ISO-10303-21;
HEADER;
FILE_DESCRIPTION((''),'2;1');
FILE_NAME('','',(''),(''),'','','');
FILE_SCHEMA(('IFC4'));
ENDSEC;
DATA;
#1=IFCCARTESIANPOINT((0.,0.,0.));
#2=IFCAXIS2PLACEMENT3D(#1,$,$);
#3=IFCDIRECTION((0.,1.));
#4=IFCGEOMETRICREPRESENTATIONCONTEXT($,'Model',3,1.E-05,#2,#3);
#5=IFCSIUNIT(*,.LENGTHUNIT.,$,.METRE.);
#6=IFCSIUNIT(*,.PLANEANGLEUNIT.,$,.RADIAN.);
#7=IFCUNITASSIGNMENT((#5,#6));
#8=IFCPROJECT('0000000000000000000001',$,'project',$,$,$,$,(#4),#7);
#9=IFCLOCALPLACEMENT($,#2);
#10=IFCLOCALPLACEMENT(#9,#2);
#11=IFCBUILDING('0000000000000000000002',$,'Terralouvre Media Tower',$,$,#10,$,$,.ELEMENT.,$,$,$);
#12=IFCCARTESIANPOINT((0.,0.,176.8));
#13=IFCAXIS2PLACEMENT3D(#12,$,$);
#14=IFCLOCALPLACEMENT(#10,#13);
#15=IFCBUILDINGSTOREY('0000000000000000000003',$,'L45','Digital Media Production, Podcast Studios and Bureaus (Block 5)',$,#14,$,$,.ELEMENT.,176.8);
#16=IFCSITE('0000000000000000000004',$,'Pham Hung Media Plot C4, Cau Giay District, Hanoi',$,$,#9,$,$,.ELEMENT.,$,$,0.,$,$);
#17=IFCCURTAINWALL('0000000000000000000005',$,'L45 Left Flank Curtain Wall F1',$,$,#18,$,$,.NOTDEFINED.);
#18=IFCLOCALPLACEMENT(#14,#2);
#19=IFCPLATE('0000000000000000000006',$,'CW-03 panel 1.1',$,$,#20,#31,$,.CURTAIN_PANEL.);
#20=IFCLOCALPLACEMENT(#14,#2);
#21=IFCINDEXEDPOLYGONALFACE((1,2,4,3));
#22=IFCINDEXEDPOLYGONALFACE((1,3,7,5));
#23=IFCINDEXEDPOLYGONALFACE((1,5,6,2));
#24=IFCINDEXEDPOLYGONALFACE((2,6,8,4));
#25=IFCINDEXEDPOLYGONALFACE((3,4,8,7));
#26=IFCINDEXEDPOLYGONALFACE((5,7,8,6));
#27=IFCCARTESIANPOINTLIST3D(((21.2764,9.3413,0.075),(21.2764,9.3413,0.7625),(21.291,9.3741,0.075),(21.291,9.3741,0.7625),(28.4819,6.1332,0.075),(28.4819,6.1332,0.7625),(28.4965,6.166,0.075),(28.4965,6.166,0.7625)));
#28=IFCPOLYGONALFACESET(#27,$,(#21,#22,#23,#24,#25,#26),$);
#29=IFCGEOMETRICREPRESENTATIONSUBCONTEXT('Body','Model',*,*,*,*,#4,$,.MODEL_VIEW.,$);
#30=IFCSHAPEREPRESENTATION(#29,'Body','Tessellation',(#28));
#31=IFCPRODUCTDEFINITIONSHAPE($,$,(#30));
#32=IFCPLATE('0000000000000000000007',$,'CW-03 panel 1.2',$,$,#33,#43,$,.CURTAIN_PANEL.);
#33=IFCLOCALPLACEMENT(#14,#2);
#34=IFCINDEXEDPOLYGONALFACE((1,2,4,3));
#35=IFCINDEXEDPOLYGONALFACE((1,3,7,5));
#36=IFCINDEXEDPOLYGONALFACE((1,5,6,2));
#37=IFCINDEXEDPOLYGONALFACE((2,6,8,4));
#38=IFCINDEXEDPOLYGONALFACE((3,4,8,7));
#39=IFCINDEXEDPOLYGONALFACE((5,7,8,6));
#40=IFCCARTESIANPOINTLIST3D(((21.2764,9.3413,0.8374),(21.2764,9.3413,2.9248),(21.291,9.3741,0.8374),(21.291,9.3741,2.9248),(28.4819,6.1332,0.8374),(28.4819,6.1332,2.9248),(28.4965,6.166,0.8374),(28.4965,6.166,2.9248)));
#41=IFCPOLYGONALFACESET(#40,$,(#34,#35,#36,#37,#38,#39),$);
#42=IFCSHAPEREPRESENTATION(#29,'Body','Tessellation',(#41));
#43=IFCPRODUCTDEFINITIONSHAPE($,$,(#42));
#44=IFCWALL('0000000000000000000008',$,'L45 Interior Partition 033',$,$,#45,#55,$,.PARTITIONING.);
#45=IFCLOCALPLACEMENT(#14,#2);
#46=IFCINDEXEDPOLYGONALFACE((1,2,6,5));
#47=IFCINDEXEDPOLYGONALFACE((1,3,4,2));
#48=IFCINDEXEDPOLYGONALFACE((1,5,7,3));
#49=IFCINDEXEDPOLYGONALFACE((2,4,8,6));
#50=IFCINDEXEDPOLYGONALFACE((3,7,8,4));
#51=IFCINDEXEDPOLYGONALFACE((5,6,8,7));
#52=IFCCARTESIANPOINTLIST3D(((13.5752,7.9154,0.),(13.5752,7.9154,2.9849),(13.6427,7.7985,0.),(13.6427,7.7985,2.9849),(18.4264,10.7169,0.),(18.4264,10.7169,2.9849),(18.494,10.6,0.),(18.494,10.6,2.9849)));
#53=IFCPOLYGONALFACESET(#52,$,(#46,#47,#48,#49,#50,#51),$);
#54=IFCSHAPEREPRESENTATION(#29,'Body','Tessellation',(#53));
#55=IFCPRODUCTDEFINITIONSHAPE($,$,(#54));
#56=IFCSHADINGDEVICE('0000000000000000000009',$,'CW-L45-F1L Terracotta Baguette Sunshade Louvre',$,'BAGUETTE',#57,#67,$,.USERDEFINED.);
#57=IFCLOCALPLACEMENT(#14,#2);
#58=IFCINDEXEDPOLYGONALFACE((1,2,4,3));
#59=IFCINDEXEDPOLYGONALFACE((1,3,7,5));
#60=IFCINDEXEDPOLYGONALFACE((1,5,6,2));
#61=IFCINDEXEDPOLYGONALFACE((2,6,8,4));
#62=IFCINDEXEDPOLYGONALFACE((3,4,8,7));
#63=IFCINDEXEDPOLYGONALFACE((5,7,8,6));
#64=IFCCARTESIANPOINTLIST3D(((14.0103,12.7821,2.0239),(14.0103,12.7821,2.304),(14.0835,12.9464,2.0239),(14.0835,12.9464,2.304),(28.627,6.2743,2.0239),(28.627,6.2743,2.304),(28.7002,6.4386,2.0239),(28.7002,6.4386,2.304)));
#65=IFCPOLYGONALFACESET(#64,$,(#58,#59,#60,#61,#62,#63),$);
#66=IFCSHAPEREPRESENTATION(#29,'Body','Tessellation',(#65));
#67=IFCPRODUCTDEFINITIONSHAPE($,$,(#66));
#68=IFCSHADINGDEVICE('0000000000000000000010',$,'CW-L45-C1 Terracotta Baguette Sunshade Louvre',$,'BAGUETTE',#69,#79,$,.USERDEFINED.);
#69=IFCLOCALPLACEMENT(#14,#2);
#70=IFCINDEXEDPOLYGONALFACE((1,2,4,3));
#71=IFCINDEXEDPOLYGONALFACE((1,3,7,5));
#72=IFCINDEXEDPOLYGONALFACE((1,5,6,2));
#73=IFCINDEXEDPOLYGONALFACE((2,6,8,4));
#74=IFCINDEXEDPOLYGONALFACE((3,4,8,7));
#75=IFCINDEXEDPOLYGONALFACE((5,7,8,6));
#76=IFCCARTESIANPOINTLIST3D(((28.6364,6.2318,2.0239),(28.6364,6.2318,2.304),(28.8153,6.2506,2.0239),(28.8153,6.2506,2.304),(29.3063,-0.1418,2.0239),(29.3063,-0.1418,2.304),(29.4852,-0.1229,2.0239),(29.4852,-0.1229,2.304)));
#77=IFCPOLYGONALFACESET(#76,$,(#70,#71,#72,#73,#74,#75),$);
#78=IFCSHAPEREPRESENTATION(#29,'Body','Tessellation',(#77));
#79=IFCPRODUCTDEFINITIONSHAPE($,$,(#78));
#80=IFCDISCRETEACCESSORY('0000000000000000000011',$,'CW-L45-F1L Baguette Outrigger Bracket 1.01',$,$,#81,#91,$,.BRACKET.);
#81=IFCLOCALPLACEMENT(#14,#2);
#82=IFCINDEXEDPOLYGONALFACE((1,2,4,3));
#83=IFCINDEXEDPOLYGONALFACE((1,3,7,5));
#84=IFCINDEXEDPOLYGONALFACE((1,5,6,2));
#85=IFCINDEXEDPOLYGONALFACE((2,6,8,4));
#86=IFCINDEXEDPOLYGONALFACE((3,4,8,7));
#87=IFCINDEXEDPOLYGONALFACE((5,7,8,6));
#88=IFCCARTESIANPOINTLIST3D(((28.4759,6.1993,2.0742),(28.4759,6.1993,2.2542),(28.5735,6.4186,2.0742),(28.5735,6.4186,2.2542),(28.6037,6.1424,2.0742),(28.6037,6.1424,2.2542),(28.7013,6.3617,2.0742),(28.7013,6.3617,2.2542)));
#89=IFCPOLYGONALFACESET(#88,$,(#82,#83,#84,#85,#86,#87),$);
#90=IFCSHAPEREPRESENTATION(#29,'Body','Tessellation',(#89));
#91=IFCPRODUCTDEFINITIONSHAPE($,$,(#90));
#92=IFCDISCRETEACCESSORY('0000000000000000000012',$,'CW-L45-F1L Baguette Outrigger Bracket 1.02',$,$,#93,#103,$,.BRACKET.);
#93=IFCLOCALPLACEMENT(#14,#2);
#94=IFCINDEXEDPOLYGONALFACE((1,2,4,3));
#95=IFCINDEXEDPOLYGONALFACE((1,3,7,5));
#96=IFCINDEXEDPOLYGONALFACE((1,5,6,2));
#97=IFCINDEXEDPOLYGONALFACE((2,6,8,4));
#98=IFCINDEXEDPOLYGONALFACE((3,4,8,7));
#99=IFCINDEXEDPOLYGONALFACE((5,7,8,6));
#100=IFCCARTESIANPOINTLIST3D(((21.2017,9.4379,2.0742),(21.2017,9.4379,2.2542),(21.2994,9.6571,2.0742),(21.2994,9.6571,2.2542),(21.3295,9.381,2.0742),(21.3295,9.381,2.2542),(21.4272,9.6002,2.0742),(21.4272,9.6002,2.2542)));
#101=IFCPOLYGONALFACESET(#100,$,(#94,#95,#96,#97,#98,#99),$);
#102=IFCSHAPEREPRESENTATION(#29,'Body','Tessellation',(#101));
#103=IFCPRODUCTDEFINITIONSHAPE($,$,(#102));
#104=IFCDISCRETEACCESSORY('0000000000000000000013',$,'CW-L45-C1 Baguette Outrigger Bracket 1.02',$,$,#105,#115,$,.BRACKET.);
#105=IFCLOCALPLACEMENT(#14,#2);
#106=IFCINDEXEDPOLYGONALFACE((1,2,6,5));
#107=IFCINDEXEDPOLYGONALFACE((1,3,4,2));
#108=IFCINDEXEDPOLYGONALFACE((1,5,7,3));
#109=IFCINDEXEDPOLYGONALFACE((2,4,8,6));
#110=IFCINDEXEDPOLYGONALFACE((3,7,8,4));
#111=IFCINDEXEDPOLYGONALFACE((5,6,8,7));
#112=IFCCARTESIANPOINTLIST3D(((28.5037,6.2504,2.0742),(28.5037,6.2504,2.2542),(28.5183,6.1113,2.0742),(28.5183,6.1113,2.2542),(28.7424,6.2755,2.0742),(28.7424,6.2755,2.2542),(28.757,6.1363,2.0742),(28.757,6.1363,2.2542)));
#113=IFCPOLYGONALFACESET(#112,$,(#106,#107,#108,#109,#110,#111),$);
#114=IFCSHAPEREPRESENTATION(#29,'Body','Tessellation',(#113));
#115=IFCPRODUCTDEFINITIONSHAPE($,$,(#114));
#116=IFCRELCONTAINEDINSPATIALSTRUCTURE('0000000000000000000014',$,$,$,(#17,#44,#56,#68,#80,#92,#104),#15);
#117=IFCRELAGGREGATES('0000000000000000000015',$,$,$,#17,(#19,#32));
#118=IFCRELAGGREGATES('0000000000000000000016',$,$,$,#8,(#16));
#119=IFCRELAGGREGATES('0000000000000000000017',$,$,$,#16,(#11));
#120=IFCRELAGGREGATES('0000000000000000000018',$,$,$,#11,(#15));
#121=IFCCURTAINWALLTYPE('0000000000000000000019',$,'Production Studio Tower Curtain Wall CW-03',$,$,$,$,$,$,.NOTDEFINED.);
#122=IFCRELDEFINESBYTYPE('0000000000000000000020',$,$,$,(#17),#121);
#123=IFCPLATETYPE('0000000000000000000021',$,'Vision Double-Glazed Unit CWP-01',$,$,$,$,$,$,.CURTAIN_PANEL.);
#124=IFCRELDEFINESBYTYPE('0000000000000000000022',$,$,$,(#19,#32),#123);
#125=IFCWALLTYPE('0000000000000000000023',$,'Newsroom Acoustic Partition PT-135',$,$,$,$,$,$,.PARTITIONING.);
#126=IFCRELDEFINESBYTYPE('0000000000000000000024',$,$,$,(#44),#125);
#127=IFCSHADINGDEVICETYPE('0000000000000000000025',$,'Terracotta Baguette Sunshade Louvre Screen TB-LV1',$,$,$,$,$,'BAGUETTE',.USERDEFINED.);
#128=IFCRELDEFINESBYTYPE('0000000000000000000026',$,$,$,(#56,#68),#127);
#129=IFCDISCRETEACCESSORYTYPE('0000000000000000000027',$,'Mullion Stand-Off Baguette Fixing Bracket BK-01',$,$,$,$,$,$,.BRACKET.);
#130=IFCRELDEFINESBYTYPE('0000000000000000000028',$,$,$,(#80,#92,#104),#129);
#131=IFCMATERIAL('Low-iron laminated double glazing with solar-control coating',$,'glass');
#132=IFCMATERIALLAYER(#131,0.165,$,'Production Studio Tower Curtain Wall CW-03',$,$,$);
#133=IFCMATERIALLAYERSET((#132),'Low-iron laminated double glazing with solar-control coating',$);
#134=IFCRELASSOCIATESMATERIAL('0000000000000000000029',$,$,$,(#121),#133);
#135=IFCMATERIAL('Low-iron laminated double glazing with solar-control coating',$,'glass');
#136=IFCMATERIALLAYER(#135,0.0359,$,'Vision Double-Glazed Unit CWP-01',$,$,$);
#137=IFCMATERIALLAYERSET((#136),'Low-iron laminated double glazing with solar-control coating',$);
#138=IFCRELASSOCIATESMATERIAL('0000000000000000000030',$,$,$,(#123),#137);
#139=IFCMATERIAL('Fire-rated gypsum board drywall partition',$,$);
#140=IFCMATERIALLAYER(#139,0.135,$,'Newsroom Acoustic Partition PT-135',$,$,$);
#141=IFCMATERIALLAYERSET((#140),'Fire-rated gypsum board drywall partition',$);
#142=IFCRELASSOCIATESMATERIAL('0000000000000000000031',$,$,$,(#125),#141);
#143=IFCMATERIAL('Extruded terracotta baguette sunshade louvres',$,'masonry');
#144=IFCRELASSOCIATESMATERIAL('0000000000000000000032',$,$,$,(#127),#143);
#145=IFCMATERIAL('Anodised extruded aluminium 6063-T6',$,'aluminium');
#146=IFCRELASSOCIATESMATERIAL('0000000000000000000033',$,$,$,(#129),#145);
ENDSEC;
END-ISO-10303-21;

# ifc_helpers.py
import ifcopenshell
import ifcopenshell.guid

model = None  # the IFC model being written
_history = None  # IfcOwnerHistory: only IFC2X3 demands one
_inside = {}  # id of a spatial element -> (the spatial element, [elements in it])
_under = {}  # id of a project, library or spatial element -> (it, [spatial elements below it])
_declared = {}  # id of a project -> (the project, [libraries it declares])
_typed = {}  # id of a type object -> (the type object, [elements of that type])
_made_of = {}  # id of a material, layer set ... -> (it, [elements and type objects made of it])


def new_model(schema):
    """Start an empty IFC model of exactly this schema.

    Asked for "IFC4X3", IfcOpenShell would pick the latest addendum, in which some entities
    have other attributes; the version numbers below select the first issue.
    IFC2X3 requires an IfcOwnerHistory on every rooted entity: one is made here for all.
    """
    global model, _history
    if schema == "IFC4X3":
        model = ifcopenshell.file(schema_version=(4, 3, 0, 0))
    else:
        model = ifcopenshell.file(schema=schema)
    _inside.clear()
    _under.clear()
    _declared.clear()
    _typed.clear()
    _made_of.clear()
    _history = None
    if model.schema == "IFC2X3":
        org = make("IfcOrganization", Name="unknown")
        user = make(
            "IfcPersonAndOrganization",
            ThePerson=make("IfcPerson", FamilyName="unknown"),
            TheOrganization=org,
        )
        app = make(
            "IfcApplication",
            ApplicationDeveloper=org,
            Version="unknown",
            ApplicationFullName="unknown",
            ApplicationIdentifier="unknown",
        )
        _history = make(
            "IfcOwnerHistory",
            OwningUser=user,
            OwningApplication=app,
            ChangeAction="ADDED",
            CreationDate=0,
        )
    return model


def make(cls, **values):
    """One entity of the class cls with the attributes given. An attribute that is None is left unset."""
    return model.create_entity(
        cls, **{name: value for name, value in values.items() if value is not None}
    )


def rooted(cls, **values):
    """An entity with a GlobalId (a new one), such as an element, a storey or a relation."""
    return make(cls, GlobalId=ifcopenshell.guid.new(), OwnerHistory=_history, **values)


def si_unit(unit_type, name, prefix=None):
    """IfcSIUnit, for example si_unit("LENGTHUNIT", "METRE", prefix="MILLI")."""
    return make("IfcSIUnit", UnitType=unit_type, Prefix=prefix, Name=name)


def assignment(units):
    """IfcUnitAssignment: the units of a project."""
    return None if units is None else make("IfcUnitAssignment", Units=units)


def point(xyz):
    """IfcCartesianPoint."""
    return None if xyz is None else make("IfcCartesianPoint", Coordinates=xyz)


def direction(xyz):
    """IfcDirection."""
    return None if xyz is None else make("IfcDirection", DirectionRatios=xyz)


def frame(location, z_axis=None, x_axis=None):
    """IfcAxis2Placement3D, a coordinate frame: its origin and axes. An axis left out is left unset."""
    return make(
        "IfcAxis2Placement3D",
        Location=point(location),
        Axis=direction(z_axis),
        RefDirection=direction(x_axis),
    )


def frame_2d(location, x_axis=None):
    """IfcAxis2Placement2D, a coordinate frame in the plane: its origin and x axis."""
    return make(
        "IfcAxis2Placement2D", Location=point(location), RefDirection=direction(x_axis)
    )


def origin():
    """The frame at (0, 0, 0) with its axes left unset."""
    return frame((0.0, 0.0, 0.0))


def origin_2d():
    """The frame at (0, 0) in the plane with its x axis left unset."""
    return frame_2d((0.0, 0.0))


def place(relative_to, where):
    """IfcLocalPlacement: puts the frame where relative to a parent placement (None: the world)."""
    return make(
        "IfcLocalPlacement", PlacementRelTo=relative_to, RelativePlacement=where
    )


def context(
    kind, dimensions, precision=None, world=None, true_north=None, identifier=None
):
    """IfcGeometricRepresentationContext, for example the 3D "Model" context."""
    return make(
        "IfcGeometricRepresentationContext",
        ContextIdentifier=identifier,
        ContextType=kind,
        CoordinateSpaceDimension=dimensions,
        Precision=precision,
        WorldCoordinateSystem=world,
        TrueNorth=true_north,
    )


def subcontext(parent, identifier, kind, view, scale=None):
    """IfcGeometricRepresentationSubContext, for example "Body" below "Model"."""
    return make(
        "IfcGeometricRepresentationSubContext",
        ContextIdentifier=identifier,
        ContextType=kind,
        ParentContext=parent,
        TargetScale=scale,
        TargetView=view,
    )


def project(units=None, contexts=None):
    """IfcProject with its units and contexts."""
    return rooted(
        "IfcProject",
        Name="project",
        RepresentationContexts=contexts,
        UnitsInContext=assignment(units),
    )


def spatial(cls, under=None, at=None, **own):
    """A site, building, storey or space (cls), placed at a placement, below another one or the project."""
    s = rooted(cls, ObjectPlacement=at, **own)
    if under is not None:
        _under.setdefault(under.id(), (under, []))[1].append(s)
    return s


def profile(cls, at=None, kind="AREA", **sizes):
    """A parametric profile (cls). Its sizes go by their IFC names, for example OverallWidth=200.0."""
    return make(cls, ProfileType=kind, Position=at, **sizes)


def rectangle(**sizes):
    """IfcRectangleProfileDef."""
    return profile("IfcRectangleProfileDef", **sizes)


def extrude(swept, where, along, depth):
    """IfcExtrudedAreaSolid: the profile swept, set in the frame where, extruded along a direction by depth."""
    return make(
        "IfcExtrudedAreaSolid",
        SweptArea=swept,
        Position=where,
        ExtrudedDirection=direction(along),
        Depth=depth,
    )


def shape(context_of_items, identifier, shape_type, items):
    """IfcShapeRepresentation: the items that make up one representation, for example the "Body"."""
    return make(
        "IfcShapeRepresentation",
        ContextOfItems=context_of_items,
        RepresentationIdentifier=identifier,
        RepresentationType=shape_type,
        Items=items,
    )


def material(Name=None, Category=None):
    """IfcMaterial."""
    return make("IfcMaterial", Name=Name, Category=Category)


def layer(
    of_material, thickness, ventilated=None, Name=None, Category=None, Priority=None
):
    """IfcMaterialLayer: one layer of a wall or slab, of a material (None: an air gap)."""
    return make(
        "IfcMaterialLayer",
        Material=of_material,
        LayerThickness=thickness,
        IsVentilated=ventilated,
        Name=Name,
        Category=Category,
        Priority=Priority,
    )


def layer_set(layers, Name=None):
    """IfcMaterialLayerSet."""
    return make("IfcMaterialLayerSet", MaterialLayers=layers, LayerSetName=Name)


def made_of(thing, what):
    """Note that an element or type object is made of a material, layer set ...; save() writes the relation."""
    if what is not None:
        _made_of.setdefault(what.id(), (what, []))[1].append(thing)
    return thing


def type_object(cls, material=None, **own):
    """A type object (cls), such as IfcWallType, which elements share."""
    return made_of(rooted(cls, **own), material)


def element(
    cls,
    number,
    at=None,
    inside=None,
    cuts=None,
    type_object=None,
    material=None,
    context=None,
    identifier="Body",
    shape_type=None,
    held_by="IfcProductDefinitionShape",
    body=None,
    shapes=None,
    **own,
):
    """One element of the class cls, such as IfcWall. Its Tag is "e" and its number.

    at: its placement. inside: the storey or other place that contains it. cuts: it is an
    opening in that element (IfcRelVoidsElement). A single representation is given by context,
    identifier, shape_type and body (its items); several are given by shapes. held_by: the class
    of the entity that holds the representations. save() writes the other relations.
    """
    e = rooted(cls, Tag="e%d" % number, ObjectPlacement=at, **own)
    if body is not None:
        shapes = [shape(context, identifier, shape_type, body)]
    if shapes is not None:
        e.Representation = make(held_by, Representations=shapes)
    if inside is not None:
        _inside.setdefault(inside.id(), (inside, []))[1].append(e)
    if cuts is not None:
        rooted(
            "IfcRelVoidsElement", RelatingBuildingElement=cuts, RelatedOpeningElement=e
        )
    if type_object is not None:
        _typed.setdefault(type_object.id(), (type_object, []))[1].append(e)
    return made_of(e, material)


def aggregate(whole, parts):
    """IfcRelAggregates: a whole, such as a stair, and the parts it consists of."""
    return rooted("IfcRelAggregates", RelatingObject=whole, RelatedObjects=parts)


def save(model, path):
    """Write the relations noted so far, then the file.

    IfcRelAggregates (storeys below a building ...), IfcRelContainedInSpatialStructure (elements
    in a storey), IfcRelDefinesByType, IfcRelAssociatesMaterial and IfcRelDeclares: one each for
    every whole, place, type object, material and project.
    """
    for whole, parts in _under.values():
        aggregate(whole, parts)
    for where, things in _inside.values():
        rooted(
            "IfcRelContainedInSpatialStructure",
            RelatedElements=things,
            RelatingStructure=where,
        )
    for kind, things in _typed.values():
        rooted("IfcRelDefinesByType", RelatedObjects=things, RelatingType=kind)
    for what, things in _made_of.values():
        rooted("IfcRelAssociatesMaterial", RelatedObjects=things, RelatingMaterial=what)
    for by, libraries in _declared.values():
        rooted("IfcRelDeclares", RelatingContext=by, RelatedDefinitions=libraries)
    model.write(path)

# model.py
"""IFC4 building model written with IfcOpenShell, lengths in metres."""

from ifc_helpers import new_model, si_unit, direction, frame, frame_2d, origin, origin_2d, place, context, subcontext, project, spatial, rectangle, extrude, material, layer, layer_set, type_object, element, aggregate, save


model = new_model("IFC4")

# Units and contexts
model_context = context("Model", 3, precision=1e-05, world=origin(), true_north=direction((0.0, 1.0)))
body_context = subcontext(model_context, "Body", "Model", "MODEL_VIEW")
ifc_project = project(units=[si_unit("LENGTHUNIT", "METRE"), si_unit("PLANEANGLEUNIT", "RADIAN")], contexts=[model_context])

# Site, building, storey
site_placement = place(None, origin())
site = spatial("IfcSite", under=ifc_project, at=site_placement, Name="Pham Hung Media Plot C4, Cau Giay District, Hanoi", CompositionType="ELEMENT", RefElevation=0.0)
building_placement = place(site_placement, origin())
building = spatial("IfcBuilding", under=site, at=building_placement, Name="Terralouvre Media Tower", CompositionType="ELEMENT")
storey_placement = place(building_placement, frame((0.0, 0.0, 176.8)))
storey = spatial("IfcBuildingStorey", under=building, at=storey_placement, Name="L45", Description="Digital Media Production, Podcast Studios and Bureaus (Block 5)", CompositionType="ELEMENT", Elevation=176.8)

# Curtain wall
ifc_material_1 = material(Name="Low-iron laminated double glazing with solar-control coating", Category="glass")
ifc_layer_1 = layer(ifc_material_1, 0.165, Name="Production Studio Tower Curtain Wall CW-03")
ifc_layer_set_1 = layer_set([ifc_layer_1], Name="Low-iron laminated double glazing with solar-control coating")
curtain_wall_type_1 = type_object("IfcCurtainWallType", Name="Production Studio Tower Curtain Wall CW-03", PredefinedType="NOTDEFINED", material=ifc_layer_set_1)
curtain_wall_1_placement = place(storey_placement, origin())
curtain_wall_1 = element("IfcCurtainWall", 1, at=curtain_wall_1_placement, inside=storey, type_object=curtain_wall_type_1, Name="L45 Left Flank Curtain Wall F1", PredefinedType="NOTDEFINED")

# Plates
ifc_material_2 = material(Name="Low-iron laminated double glazing with solar-control coating", Category="glass")
ifc_layer_2 = layer(ifc_material_2, 0.0359, Name="Vision Double-Glazed Unit CWP-01")
ifc_layer_set_2 = layer_set([ifc_layer_2], Name="Low-iron laminated double glazing with solar-control coating")
plate_type_1 = type_object("IfcPlateType", Name="Vision Double-Glazed Unit CWP-01", PredefinedType="CURTAIN_PANEL", material=ifc_layer_set_2)
plate_1_placement = place(storey_placement, frame((24.8865, 7.7537, 0.075), z_axis=(0.0, 0.0, 1.0), x_axis=(-0.913545, 0.406737, 0.0)))
plate_1 = element("IfcPlate", 2, at=plate_1_placement, type_object=plate_type_1, Name="CW-03 panel 1.1", PredefinedType="CURTAIN_PANEL", context=body_context, shape_type="SweptSolid", body=[
    extrude(rectangle(XDim=7.8875, YDim=0.0359, at=origin_2d()), origin(), (0.0, 0.0, 1.0), 0.6875),
])
plate_2_placement = place(storey_placement, frame((24.8865, 7.7537, 0.8374), z_axis=(0.0, 0.0, 1.0), x_axis=(-0.913545, 0.406737, 0.0)))
plate_2 = element("IfcPlate", 3, at=plate_2_placement, type_object=plate_type_1, Name="CW-03 panel 1.2", PredefinedType="CURTAIN_PANEL", context=body_context, shape_type="SweptSolid", body=[
    extrude(rectangle(XDim=7.8875, YDim=0.0359, at=origin_2d()), origin(), (0.0, 0.0, 1.0), 2.0874),
])
aggregate(curtain_wall_1, [plate_1, plate_2])

# Wall
ifc_material_3 = material(Name="Fire-rated gypsum board drywall partition")
ifc_layer_3 = layer(ifc_material_3, 0.135, Name="Newsroom Acoustic Partition PT-135")
ifc_layer_set_3 = layer_set([ifc_layer_3], Name="Fire-rated gypsum board drywall partition")
wall_type = type_object("IfcWallType", Name="Newsroom Acoustic Partition PT-135", PredefinedType="PARTITIONING", material=ifc_layer_set_3)
wall_placement = place(storey_placement, frame((18.4602, 10.6584, 0.0), z_axis=(0.0, 0.0, 1.0), x_axis=(-0.865979, -0.500081, 0.0)))
element("IfcWall", 4, at=wall_placement, inside=storey, type_object=wall_type, Name="L45 Interior Partition 033", PredefinedType="PARTITIONING", context=body_context, shape_type="SweptSolid", body=[
    extrude(rectangle(XDim=5.6021, YDim=0.135, at=frame_2d((2.801, 0.0))), origin(), (0.0, 0.0, 1.0), 2.9849),
])

# Shading devices
ifc_material_4 = material(Name="Extruded terracotta baguette sunshade louvres", Category="masonry")
shading_device_type = type_object("IfcShadingDeviceType", Name="Terracotta Baguette Sunshade Louvre Screen TB-LV1", ElementType="BAGUETTE", PredefinedType="USERDEFINED", material=ifc_material_4)
shading_device_1_placement = place(storey_placement, frame((21.3552, 9.6104, 2.0239), z_axis=(0.0, 0.0, 1.0), x_axis=(-0.913545, 0.406737, 0.0)))
element("IfcShadingDevice", 5, at=shading_device_1_placement, inside=storey, type_object=shading_device_type, Name="CW-L45-F1L Terracotta Baguette Sunshade Louvre", ObjectType="BAGUETTE", PredefinedType="USERDEFINED", context=body_context, shape_type="SweptSolid", body=[
    extrude(rectangle(XDim=16.0, YDim=0.1799, at=origin_2d()), origin(), (0.0, 0.0, 1.0), 0.28),
])
shading_device_2_placement = place(storey_placement, frame((29.0608, 3.0544, 2.0239), z_axis=(0.0, 0.0, 1.0), x_axis=(-0.104529, 0.994522, 0.0)))
element("IfcShadingDevice", 6, at=shading_device_2_placement, inside=storey, type_object=shading_device_type, Name="CW-L45-C1 Terracotta Baguette Sunshade Louvre", ObjectType="BAGUETTE", PredefinedType="USERDEFINED", context=body_context, shape_type="SweptSolid", body=[
    extrude(rectangle(XDim=6.4087, YDim=0.1799, at=origin_2d()), origin(), (0.0, 0.0, 1.0), 0.28),
])

# Discrete accessories
ifc_material_5 = material(Name="Anodised extruded aluminium 6063-T6", Category="aluminium")
discrete_accessory_type = type_object("IfcDiscreteAccessoryType", Name="Mullion Stand-Off Baguette Fixing Bracket BK-01", PredefinedType="BRACKET", material=ifc_material_5)
for number, where, z_axis, x_axis, name in (
    (7, (28.5886, 6.2805, 2.0742), (0.0, 0.0, 1.0), (-0.913545, 0.406737, 0.0), "CW-L45-F1L Baguette Outrigger Bracket 1.01"),
    (8, (21.3145, 9.519, 2.0742), (0.0, 0.0, 1.0), (-0.913545, 0.406737, 0.0), "CW-L45-F1L Baguette Outrigger Bracket 1.02"),
    (9, (28.6304, 6.1934, 2.0742), (0.0, 0.0, 1.0), (-0.104529, 0.994522, 0.0), "CW-L45-C1 Baguette Outrigger Bracket 1.02"),
):
    element("IfcDiscreteAccessory", number, at=place(storey_placement, frame(where, z_axis=z_axis, x_axis=x_axis)), inside=storey, type_object=discrete_accessory_type, Name=name, PredefinedType="BRACKET", context=body_context, shape_type="SweptSolid", body=[
        extrude(rectangle(XDim=0.1399, YDim=0.24, at=origin_2d()), origin(), (0.0, 0.0, 1.0), 0.1799),
    ])

save(model, "model.ifc")
